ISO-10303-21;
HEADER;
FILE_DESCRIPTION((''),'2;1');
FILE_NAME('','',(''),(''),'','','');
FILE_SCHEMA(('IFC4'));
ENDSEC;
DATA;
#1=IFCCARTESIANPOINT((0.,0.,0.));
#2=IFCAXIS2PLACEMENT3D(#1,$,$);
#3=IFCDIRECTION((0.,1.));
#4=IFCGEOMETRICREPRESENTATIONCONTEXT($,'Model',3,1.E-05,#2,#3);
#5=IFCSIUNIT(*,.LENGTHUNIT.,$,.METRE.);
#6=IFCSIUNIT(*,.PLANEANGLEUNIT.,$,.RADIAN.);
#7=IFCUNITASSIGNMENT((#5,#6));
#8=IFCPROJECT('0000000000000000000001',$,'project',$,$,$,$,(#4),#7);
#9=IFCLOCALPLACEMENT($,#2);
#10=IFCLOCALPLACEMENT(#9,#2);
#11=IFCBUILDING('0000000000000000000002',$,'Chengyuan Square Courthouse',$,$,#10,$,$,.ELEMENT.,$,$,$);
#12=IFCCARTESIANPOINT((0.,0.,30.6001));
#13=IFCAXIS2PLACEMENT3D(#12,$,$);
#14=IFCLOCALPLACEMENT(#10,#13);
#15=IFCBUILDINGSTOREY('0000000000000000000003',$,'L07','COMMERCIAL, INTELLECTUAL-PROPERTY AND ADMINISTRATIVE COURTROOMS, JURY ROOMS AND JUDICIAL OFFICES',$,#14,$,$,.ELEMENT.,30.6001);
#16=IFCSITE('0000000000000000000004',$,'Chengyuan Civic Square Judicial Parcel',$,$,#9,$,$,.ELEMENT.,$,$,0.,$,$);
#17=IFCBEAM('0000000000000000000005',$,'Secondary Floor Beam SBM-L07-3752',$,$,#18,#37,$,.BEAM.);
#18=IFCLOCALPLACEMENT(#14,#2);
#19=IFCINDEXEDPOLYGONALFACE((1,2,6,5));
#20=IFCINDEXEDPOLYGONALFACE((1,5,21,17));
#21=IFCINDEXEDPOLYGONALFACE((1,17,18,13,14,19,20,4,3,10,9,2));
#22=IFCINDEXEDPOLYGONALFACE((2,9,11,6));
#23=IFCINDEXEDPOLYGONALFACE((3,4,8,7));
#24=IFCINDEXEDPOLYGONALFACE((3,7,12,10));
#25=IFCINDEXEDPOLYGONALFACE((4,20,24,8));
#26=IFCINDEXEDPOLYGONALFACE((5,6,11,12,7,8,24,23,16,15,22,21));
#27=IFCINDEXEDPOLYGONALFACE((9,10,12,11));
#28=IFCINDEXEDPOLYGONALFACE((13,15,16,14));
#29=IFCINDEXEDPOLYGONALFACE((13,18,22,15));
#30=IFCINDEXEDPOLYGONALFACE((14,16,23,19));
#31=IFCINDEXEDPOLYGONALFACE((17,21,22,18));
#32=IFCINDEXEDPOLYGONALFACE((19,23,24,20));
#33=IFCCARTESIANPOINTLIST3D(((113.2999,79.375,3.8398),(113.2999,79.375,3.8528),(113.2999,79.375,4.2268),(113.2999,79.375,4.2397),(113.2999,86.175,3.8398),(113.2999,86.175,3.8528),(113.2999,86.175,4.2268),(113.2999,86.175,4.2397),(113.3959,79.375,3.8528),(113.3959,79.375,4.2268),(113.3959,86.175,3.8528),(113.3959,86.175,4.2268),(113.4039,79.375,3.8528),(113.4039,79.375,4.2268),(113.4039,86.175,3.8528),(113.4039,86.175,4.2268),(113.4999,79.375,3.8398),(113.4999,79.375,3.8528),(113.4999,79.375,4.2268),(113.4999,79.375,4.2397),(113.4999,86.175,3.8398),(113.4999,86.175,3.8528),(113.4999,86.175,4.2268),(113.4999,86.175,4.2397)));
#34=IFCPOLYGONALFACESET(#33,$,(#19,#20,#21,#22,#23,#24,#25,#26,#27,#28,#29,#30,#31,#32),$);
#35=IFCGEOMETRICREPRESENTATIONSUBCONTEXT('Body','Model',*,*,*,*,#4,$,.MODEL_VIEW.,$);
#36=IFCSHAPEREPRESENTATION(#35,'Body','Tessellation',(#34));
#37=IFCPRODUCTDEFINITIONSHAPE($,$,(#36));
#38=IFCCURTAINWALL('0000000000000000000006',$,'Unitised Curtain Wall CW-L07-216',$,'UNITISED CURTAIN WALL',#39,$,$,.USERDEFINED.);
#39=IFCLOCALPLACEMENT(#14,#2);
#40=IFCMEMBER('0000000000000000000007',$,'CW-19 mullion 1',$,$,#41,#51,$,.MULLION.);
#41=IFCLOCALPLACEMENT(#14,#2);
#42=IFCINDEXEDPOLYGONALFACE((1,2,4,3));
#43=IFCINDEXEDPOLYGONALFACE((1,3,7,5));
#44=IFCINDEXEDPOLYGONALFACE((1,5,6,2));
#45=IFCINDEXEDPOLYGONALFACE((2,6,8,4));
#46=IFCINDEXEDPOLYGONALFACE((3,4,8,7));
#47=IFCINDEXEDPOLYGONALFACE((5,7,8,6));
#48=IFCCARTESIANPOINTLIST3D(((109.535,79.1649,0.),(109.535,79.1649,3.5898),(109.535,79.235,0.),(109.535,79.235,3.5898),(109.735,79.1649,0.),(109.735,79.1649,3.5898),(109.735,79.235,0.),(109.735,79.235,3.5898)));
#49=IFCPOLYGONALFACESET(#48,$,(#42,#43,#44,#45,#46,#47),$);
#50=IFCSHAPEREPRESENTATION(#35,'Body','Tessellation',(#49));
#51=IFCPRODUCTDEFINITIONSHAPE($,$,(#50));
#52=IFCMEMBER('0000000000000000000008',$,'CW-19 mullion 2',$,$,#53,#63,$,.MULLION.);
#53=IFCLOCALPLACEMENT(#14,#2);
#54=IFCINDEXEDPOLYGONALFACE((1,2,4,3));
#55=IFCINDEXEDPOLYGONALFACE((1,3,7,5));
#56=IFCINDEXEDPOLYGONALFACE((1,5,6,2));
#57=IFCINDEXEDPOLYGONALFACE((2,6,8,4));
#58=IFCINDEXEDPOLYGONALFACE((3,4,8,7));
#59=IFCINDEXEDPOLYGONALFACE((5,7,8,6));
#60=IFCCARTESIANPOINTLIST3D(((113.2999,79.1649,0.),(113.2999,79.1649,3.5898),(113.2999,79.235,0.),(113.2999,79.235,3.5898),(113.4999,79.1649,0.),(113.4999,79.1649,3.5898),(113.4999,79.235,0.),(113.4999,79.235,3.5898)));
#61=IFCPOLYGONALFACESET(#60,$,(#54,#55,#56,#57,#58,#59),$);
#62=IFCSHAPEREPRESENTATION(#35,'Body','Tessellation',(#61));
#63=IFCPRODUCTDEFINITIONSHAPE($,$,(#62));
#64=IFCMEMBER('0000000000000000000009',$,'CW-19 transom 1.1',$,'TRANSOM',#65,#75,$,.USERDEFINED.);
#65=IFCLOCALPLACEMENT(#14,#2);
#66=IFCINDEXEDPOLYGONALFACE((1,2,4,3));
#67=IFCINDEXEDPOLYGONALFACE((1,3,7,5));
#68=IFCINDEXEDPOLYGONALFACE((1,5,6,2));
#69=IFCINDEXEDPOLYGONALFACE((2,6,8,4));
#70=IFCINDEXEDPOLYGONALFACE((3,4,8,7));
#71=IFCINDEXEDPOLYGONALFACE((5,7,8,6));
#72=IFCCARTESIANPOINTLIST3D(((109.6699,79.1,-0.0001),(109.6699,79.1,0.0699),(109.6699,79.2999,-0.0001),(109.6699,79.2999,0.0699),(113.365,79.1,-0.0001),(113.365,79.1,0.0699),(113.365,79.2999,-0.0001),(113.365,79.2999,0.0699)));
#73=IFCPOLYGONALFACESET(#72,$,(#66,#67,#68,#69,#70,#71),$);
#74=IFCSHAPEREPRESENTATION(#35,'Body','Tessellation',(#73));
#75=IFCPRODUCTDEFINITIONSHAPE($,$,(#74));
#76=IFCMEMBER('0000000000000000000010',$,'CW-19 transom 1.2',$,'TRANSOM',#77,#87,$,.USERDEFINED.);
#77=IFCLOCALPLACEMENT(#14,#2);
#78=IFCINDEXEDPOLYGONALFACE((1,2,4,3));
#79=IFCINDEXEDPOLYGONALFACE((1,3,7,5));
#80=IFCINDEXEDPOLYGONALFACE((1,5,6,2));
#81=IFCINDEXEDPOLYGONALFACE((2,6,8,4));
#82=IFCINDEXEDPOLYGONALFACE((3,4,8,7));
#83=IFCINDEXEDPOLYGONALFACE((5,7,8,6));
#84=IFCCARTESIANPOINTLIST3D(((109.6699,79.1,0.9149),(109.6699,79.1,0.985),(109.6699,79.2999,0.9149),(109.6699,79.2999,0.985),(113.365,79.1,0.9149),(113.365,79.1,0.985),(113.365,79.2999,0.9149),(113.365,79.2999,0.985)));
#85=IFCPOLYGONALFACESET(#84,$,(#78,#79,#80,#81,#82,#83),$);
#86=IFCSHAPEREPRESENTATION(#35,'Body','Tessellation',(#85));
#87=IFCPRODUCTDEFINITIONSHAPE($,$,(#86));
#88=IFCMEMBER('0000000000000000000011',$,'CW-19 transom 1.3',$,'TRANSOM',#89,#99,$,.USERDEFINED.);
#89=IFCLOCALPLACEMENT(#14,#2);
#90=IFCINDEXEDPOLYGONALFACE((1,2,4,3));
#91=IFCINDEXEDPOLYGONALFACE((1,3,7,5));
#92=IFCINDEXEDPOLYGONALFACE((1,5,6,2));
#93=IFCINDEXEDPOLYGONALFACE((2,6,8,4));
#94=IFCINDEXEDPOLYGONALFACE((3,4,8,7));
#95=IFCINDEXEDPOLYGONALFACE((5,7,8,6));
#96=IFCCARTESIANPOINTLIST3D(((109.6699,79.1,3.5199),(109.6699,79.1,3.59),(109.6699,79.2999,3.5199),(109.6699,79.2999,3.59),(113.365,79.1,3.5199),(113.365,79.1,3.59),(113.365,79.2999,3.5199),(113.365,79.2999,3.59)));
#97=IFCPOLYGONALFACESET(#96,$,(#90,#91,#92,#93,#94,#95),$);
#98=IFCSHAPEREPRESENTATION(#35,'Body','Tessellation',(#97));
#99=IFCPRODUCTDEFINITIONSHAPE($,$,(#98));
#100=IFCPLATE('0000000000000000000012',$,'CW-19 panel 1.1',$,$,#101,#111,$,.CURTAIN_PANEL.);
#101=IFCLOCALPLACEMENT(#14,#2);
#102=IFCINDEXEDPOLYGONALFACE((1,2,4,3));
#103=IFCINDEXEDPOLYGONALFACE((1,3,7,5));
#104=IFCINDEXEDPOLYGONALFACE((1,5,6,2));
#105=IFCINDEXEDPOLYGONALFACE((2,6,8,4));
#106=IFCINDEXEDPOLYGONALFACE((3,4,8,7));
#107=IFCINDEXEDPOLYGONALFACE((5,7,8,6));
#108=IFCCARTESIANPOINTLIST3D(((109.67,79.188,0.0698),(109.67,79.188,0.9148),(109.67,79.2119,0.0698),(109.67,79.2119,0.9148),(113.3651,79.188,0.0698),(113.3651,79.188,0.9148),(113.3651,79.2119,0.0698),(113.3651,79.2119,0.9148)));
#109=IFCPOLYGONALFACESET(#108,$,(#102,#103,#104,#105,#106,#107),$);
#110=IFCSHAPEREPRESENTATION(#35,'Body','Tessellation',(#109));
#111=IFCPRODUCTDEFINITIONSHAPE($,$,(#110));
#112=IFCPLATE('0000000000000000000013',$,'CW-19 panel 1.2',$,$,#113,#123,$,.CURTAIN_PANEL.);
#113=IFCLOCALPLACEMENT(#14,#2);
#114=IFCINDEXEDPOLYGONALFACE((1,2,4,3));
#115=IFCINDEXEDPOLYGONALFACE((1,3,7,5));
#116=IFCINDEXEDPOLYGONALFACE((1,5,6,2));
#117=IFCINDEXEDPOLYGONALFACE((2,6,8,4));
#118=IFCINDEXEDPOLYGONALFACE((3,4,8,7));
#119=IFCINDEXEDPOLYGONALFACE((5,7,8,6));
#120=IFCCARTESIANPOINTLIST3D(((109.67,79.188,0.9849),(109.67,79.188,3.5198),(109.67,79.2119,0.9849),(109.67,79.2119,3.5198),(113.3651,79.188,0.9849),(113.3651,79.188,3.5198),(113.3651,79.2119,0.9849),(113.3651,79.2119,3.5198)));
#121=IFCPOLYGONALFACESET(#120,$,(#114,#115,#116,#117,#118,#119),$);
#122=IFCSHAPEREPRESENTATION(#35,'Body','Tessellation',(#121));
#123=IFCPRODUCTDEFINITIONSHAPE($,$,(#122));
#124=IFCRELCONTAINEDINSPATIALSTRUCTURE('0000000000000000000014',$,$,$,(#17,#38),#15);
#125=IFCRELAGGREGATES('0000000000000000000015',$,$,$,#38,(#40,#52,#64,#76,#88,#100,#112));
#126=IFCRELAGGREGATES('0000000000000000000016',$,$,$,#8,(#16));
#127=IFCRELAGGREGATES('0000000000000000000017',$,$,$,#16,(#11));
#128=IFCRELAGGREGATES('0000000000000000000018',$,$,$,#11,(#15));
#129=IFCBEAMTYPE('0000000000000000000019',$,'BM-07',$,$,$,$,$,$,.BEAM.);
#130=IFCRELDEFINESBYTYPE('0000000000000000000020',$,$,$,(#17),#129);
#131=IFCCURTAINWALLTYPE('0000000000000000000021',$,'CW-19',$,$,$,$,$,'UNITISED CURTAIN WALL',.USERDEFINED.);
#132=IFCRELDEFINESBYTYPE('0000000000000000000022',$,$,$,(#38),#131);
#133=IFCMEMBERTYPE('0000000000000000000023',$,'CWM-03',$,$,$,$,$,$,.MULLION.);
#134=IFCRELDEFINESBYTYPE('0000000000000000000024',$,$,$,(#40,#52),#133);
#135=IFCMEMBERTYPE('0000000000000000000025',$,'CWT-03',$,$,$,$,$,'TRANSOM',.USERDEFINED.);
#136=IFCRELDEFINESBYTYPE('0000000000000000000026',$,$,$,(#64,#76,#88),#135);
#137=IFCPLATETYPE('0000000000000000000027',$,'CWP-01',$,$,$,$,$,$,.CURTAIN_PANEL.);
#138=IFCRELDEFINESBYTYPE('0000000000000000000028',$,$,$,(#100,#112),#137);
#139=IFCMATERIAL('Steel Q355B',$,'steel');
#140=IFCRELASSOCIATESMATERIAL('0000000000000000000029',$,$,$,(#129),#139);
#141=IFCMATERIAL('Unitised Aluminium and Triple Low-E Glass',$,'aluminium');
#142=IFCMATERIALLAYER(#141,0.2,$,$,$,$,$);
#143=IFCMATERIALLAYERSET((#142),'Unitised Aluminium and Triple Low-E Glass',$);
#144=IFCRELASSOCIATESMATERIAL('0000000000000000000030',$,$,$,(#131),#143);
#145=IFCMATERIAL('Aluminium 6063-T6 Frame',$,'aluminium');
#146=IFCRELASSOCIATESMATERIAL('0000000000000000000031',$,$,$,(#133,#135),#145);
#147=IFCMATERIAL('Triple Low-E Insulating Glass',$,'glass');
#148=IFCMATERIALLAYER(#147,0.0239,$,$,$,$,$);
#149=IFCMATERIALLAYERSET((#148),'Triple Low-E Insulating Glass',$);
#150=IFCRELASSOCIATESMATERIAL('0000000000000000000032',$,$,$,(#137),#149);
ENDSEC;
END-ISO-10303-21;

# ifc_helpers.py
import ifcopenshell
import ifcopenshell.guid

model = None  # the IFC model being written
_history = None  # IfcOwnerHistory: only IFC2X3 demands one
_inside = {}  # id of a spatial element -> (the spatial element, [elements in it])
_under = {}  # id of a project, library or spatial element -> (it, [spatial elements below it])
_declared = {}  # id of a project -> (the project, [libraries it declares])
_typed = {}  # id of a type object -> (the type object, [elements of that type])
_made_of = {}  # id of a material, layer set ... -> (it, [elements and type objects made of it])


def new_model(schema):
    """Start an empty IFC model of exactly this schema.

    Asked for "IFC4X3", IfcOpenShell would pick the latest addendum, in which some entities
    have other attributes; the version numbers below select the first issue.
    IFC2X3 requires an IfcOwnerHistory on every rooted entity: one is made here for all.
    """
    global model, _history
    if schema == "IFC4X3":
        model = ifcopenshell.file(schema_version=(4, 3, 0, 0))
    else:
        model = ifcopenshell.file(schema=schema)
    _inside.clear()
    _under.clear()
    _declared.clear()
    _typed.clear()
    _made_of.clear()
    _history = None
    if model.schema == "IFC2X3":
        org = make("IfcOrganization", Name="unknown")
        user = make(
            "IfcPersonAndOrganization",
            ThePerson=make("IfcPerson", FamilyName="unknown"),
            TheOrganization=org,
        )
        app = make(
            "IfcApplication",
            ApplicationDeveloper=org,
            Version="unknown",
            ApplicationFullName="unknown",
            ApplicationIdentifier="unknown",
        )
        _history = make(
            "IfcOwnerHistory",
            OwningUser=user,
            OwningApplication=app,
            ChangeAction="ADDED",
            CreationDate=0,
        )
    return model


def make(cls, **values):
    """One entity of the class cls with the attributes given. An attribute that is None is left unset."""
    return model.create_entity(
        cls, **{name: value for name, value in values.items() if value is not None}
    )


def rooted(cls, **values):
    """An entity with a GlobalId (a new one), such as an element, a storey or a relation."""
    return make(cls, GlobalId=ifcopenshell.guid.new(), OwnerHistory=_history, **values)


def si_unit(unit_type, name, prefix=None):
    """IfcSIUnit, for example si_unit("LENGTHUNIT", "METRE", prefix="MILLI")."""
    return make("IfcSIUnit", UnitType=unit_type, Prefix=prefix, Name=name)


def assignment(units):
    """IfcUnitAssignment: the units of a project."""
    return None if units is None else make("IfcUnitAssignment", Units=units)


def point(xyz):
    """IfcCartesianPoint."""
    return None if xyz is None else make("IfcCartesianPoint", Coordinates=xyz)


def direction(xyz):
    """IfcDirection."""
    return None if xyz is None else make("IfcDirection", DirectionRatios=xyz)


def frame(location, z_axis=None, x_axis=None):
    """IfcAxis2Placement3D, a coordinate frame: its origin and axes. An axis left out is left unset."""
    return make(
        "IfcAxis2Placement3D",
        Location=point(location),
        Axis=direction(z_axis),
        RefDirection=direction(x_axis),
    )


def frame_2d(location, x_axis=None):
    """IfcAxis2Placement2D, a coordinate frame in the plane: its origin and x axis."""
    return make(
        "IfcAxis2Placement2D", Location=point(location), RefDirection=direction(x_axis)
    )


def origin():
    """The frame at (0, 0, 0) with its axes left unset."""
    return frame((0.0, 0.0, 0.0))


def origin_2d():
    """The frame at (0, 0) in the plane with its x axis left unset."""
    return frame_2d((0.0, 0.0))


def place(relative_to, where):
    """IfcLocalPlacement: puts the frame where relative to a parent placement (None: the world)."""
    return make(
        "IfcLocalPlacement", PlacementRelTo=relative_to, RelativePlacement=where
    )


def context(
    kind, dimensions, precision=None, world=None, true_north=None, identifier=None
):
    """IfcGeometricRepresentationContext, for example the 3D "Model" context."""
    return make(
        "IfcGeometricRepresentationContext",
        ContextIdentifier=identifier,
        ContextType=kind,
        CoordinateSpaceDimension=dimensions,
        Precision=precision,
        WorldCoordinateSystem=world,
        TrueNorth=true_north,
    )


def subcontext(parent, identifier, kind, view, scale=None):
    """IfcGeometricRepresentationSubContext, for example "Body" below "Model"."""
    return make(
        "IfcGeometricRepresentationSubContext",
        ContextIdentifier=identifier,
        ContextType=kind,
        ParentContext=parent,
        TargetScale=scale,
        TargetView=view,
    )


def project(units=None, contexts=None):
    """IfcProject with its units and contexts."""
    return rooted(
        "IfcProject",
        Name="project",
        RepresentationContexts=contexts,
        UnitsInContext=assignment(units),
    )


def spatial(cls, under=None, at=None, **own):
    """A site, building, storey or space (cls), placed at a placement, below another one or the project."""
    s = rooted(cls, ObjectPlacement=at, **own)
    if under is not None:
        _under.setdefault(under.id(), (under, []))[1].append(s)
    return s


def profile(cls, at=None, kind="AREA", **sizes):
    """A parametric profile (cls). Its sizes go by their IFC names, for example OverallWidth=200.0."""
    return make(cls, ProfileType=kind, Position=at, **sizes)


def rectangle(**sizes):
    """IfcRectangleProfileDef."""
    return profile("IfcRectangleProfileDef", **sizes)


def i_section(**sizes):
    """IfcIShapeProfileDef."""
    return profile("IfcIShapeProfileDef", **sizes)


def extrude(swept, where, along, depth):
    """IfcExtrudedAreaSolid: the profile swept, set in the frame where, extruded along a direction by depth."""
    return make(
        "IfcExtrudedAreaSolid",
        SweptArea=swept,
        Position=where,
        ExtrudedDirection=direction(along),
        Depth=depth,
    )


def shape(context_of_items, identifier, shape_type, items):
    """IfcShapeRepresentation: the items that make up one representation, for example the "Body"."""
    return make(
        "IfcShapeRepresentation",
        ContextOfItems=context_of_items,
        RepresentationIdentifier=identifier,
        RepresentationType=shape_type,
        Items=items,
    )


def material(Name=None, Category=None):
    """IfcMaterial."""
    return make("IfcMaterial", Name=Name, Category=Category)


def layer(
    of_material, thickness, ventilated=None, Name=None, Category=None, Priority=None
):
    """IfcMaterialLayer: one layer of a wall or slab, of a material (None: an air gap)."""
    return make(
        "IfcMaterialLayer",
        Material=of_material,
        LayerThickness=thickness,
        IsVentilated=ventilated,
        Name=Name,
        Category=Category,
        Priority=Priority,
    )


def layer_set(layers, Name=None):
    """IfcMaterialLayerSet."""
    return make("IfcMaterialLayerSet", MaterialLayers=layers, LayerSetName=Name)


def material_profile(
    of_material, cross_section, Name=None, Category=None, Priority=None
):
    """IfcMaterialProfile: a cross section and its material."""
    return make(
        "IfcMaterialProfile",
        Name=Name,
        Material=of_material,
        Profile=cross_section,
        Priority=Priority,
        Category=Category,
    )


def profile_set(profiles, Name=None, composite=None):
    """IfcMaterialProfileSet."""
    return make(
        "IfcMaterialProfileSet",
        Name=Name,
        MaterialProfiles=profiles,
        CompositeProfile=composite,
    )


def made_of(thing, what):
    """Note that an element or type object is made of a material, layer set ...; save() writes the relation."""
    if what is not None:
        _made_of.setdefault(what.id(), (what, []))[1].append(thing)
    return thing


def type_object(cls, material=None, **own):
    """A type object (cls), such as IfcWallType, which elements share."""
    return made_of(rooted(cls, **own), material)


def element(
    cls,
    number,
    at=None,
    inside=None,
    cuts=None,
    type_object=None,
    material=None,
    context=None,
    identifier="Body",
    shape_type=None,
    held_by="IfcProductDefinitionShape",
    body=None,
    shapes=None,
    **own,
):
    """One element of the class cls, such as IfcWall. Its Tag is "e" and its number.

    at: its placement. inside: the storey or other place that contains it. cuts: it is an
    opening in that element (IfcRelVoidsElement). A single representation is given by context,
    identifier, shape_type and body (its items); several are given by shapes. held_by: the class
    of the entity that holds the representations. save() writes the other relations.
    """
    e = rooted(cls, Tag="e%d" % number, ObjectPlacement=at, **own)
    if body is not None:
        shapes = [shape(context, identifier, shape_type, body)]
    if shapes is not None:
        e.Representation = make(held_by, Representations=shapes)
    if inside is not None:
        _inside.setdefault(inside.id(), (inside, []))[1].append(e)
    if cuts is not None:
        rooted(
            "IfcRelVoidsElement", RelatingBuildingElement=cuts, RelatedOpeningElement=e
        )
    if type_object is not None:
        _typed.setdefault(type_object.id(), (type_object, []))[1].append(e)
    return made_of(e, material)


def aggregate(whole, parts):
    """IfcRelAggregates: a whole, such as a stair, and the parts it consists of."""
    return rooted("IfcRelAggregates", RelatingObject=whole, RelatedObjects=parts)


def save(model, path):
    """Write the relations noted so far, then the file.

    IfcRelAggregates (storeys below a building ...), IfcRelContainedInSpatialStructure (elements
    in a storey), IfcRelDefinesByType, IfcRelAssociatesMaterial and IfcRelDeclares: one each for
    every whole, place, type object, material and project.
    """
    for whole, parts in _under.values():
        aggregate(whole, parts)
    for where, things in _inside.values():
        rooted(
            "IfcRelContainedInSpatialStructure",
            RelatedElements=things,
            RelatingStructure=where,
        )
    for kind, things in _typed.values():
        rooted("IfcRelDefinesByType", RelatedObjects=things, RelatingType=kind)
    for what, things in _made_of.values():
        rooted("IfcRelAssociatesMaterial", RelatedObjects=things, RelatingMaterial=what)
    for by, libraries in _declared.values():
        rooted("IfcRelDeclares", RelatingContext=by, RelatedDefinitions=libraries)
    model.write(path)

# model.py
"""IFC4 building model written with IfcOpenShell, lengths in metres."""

from ifc_helpers import new_model, si_unit, direction, frame, origin, origin_2d, place, context, subcontext, project, spatial, rectangle, i_section, extrude, material, layer, layer_set, material_profile, profile_set, type_object, element, aggregate, save


model = new_model("IFC4")

# Units and contexts
model_context = context("Model", 3, precision=1e-05, world=origin(), true_north=direction((0.0, 1.0)))
body_context = subcontext(model_context, "Body", "Model", "MODEL_VIEW")
ifc_project = project(units=[si_unit("LENGTHUNIT", "METRE"), si_unit("PLANEANGLEUNIT", "RADIAN")], contexts=[model_context])

# Site, building, storey
site_placement = place(None, origin())
site = spatial("IfcSite", under=ifc_project, at=site_placement, Name="Chengyuan Civic Square Judicial Parcel", CompositionType="ELEMENT", RefElevation=0.0)
building_placement = place(site_placement, origin())
building = spatial("IfcBuilding", under=site, at=building_placement, Name="Chengyuan Square Courthouse", CompositionType="ELEMENT")
storey_placement = place(building_placement, frame((0.0, 0.0, 30.6001)))
storey = spatial("IfcBuildingStorey", under=building, at=storey_placement, Name="L07", Description="COMMERCIAL, INTELLECTUAL-PROPERTY AND ADMINISTRATIVE COURTROOMS, JURY ROOMS AND JUDICIAL OFFICES", CompositionType="ELEMENT", Elevation=30.6001)

# Beam
ifc_material_1 = material(Name="Steel Q355B", Category="steel")
ifc_material_profile_1 = material_profile(ifc_material_1, i_section(OverallWidth=0.2, OverallDepth=0.3999, WebThickness=0.0081, FlangeThickness=0.0129, at=origin_2d()), Name="HN 400x200x8x13")
ifc_profile_set_1 = profile_set([ifc_material_profile_1], Name="Steel Q355B")
beam_type = type_object("IfcBeamType", Name="BM-07", PredefinedType="BEAM", material=ifc_profile_set_1)
beam_placement = place(storey_placement, frame((113.3999, 79.375, 4.0398), z_axis=(0.0, 1.0, 0.0), x_axis=(-1.0, 0.0, 0.0)))
element("IfcBeam", 1, at=beam_placement, inside=storey, type_object=beam_type, Name="Secondary Floor Beam SBM-L07-3752", PredefinedType="BEAM", context=body_context, shape_type="SweptSolid", body=[
    extrude(i_section(OverallWidth=0.2, OverallDepth=0.3999, WebThickness=0.0081, FlangeThickness=0.0129, at=origin_2d()), origin(), (0.0, 0.0, 1.0), 6.8),
])

# Curtain wall, members, plates
ifc_material_2 = material(Name="Unitised Aluminium and Triple Low-E Glass", Category="aluminium")
ifc_layer_1 = layer(ifc_material_2, 0.2)
ifc_layer_set_1 = layer_set([ifc_layer_1], Name="Unitised Aluminium and Triple Low-E Glass")
curtain_wall_type = type_object("IfcCurtainWallType", Name="CW-19", ElementType="UNITISED CURTAIN WALL", PredefinedType="USERDEFINED", material=ifc_layer_set_1)
curtain_wall_placement = place(storey_placement, origin())
curtain_wall = element("IfcCurtainWall", 2, at=curtain_wall_placement, inside=storey, type_object=curtain_wall_type, Name="Unitised Curtain Wall CW-L07-216", ObjectType="UNITISED CURTAIN WALL", PredefinedType="USERDEFINED")
ifc_material_3 = material(Name="Aluminium 6063-T6 Frame", Category="aluminium")
ifc_material_profile_2 = material_profile(ifc_material_3, rectangle(XDim=0.0701, YDim=0.2, at=origin_2d()), Name="CW-MUL-70x200")
ifc_profile_set_2 = profile_set([ifc_material_profile_2], Name="Aluminium 6063-T6 Frame")
member_type_1 = type_object("IfcMemberType", Name="CWM-03", PredefinedType="MULLION", material=ifc_profile_set_2)
member_1_placement = place(storey_placement, frame((109.635, 79.2, 0.0), z_axis=(0.0, 0.0, 1.0), x_axis=(0.0, 1.0, 0.0)))
member_1 = element("IfcMember", 3, at=member_1_placement, type_object=member_type_1, Name="CW-19 mullion 1", PredefinedType="MULLION", context=body_context, shape_type="SweptSolid", body=[
    extrude(rectangle(XDim=0.0701, YDim=0.2, at=origin_2d()), origin(), (0.0, 0.0, 1.0), 3.5898),
])
member_2_placement = place(storey_placement, frame((113.3999, 79.2, 0.0), z_axis=(0.0, 0.0, 1.0), x_axis=(0.0, 1.0, 0.0)))
member_2 = element("IfcMember", 4, at=member_2_placement, type_object=member_type_1, Name="CW-19 mullion 2", PredefinedType="MULLION", context=body_context, shape_type="SweptSolid", body=[
    extrude(rectangle(XDim=0.0701, YDim=0.2, at=origin_2d()), origin(), (0.0, 0.0, 1.0), 3.5898),
])
ifc_material_profile_3 = material_profile(ifc_material_3, rectangle(XDim=0.2, YDim=0.0701, at=origin_2d()), Name="CW-TRN-70x160")
ifc_profile_set_3 = profile_set([ifc_material_profile_3], Name="Aluminium 6063-T6 Frame")
member_type_2 = type_object("IfcMemberType", Name="CWT-03", ElementType="TRANSOM", PredefinedType="USERDEFINED", material=ifc_profile_set_3)
member_3_placement = place(storey_placement, frame((109.6699, 79.2, 0.0349), z_axis=(1.0, 0.0, 0.0), x_axis=(0.0, 1.0, 0.0)))
member_3 = element("IfcMember", 5, at=member_3_placement, type_object=member_type_2, Name="CW-19 transom 1.1", ObjectType="TRANSOM", PredefinedType="USERDEFINED", context=body_context, shape_type="SweptSolid", body=[
    extrude(rectangle(XDim=0.2, YDim=0.0701, at=origin_2d()), origin(), (0.0, 0.0, 1.0), 3.6951),
])
member_4_placement = place(storey_placement, frame((109.6699, 79.2, 0.95), z_axis=(1.0, 0.0, 0.0), x_axis=(0.0, 1.0, 0.0)))
member_4 = element("IfcMember", 6, at=member_4_placement, type_object=member_type_2, Name="CW-19 transom 1.2", ObjectType="TRANSOM", PredefinedType="USERDEFINED", context=body_context, shape_type="SweptSolid", body=[
    extrude(rectangle(XDim=0.2, YDim=0.0701, at=origin_2d()), origin(), (0.0, 0.0, 1.0), 3.6951),
])
member_5_placement = place(storey_placement, frame((109.6699, 79.2, 3.5549), z_axis=(1.0, 0.0, 0.0), x_axis=(0.0, 1.0, 0.0)))
member_5 = element("IfcMember", 7, at=member_5_placement, type_object=member_type_2, Name="CW-19 transom 1.3", ObjectType="TRANSOM", PredefinedType="USERDEFINED", context=body_context, shape_type="SweptSolid", body=[
    extrude(rectangle(XDim=0.2, YDim=0.0701, at=origin_2d()), origin(), (0.0, 0.0, 1.0), 3.6951),
])
ifc_material_4 = material(Name="Triple Low-E Insulating Glass", Category="glass")
ifc_layer_2 = layer(ifc_material_4, 0.0239)
ifc_layer_set_2 = layer_set([ifc_layer_2], Name="Triple Low-E Insulating Glass")
plate_type = type_object("IfcPlateType", Name="CWP-01", PredefinedType="CURTAIN_PANEL", material=ifc_layer_set_2)
plate_1_placement = place(storey_placement, frame((111.5176, 79.2, 0.0698), z_axis=(0.0, 0.0, 1.0), x_axis=(1.0, 0.0, 0.0)))
plate_1 = element("IfcPlate", 8, at=plate_1_placement, type_object=plate_type, Name="CW-19 panel 1.1", PredefinedType="CURTAIN_PANEL", context=body_context, shape_type="SweptSolid", body=[
    extrude(rectangle(XDim=3.6951, YDim=0.0239, at=origin_2d()), origin(), (0.0, 0.0, 1.0), 0.845),
])
plate_2_placement = place(storey_placement, frame((111.5176, 79.2, 0.9849), z_axis=(0.0, 0.0, 1.0), x_axis=(1.0, 0.0, 0.0)))
plate_2 = element("IfcPlate", 9, at=plate_2_placement, type_object=plate_type, Name="CW-19 panel 1.2", PredefinedType="CURTAIN_PANEL", context=body_context, shape_type="SweptSolid", body=[
    extrude(rectangle(XDim=3.6951, YDim=0.0239, at=origin_2d()), origin(), (0.0, 0.0, 1.0), 2.5349),
])
aggregate(curtain_wall, [member_1, member_2, member_3, member_4, member_5, plate_1, plate_2])

save(model, "model.ifc")
